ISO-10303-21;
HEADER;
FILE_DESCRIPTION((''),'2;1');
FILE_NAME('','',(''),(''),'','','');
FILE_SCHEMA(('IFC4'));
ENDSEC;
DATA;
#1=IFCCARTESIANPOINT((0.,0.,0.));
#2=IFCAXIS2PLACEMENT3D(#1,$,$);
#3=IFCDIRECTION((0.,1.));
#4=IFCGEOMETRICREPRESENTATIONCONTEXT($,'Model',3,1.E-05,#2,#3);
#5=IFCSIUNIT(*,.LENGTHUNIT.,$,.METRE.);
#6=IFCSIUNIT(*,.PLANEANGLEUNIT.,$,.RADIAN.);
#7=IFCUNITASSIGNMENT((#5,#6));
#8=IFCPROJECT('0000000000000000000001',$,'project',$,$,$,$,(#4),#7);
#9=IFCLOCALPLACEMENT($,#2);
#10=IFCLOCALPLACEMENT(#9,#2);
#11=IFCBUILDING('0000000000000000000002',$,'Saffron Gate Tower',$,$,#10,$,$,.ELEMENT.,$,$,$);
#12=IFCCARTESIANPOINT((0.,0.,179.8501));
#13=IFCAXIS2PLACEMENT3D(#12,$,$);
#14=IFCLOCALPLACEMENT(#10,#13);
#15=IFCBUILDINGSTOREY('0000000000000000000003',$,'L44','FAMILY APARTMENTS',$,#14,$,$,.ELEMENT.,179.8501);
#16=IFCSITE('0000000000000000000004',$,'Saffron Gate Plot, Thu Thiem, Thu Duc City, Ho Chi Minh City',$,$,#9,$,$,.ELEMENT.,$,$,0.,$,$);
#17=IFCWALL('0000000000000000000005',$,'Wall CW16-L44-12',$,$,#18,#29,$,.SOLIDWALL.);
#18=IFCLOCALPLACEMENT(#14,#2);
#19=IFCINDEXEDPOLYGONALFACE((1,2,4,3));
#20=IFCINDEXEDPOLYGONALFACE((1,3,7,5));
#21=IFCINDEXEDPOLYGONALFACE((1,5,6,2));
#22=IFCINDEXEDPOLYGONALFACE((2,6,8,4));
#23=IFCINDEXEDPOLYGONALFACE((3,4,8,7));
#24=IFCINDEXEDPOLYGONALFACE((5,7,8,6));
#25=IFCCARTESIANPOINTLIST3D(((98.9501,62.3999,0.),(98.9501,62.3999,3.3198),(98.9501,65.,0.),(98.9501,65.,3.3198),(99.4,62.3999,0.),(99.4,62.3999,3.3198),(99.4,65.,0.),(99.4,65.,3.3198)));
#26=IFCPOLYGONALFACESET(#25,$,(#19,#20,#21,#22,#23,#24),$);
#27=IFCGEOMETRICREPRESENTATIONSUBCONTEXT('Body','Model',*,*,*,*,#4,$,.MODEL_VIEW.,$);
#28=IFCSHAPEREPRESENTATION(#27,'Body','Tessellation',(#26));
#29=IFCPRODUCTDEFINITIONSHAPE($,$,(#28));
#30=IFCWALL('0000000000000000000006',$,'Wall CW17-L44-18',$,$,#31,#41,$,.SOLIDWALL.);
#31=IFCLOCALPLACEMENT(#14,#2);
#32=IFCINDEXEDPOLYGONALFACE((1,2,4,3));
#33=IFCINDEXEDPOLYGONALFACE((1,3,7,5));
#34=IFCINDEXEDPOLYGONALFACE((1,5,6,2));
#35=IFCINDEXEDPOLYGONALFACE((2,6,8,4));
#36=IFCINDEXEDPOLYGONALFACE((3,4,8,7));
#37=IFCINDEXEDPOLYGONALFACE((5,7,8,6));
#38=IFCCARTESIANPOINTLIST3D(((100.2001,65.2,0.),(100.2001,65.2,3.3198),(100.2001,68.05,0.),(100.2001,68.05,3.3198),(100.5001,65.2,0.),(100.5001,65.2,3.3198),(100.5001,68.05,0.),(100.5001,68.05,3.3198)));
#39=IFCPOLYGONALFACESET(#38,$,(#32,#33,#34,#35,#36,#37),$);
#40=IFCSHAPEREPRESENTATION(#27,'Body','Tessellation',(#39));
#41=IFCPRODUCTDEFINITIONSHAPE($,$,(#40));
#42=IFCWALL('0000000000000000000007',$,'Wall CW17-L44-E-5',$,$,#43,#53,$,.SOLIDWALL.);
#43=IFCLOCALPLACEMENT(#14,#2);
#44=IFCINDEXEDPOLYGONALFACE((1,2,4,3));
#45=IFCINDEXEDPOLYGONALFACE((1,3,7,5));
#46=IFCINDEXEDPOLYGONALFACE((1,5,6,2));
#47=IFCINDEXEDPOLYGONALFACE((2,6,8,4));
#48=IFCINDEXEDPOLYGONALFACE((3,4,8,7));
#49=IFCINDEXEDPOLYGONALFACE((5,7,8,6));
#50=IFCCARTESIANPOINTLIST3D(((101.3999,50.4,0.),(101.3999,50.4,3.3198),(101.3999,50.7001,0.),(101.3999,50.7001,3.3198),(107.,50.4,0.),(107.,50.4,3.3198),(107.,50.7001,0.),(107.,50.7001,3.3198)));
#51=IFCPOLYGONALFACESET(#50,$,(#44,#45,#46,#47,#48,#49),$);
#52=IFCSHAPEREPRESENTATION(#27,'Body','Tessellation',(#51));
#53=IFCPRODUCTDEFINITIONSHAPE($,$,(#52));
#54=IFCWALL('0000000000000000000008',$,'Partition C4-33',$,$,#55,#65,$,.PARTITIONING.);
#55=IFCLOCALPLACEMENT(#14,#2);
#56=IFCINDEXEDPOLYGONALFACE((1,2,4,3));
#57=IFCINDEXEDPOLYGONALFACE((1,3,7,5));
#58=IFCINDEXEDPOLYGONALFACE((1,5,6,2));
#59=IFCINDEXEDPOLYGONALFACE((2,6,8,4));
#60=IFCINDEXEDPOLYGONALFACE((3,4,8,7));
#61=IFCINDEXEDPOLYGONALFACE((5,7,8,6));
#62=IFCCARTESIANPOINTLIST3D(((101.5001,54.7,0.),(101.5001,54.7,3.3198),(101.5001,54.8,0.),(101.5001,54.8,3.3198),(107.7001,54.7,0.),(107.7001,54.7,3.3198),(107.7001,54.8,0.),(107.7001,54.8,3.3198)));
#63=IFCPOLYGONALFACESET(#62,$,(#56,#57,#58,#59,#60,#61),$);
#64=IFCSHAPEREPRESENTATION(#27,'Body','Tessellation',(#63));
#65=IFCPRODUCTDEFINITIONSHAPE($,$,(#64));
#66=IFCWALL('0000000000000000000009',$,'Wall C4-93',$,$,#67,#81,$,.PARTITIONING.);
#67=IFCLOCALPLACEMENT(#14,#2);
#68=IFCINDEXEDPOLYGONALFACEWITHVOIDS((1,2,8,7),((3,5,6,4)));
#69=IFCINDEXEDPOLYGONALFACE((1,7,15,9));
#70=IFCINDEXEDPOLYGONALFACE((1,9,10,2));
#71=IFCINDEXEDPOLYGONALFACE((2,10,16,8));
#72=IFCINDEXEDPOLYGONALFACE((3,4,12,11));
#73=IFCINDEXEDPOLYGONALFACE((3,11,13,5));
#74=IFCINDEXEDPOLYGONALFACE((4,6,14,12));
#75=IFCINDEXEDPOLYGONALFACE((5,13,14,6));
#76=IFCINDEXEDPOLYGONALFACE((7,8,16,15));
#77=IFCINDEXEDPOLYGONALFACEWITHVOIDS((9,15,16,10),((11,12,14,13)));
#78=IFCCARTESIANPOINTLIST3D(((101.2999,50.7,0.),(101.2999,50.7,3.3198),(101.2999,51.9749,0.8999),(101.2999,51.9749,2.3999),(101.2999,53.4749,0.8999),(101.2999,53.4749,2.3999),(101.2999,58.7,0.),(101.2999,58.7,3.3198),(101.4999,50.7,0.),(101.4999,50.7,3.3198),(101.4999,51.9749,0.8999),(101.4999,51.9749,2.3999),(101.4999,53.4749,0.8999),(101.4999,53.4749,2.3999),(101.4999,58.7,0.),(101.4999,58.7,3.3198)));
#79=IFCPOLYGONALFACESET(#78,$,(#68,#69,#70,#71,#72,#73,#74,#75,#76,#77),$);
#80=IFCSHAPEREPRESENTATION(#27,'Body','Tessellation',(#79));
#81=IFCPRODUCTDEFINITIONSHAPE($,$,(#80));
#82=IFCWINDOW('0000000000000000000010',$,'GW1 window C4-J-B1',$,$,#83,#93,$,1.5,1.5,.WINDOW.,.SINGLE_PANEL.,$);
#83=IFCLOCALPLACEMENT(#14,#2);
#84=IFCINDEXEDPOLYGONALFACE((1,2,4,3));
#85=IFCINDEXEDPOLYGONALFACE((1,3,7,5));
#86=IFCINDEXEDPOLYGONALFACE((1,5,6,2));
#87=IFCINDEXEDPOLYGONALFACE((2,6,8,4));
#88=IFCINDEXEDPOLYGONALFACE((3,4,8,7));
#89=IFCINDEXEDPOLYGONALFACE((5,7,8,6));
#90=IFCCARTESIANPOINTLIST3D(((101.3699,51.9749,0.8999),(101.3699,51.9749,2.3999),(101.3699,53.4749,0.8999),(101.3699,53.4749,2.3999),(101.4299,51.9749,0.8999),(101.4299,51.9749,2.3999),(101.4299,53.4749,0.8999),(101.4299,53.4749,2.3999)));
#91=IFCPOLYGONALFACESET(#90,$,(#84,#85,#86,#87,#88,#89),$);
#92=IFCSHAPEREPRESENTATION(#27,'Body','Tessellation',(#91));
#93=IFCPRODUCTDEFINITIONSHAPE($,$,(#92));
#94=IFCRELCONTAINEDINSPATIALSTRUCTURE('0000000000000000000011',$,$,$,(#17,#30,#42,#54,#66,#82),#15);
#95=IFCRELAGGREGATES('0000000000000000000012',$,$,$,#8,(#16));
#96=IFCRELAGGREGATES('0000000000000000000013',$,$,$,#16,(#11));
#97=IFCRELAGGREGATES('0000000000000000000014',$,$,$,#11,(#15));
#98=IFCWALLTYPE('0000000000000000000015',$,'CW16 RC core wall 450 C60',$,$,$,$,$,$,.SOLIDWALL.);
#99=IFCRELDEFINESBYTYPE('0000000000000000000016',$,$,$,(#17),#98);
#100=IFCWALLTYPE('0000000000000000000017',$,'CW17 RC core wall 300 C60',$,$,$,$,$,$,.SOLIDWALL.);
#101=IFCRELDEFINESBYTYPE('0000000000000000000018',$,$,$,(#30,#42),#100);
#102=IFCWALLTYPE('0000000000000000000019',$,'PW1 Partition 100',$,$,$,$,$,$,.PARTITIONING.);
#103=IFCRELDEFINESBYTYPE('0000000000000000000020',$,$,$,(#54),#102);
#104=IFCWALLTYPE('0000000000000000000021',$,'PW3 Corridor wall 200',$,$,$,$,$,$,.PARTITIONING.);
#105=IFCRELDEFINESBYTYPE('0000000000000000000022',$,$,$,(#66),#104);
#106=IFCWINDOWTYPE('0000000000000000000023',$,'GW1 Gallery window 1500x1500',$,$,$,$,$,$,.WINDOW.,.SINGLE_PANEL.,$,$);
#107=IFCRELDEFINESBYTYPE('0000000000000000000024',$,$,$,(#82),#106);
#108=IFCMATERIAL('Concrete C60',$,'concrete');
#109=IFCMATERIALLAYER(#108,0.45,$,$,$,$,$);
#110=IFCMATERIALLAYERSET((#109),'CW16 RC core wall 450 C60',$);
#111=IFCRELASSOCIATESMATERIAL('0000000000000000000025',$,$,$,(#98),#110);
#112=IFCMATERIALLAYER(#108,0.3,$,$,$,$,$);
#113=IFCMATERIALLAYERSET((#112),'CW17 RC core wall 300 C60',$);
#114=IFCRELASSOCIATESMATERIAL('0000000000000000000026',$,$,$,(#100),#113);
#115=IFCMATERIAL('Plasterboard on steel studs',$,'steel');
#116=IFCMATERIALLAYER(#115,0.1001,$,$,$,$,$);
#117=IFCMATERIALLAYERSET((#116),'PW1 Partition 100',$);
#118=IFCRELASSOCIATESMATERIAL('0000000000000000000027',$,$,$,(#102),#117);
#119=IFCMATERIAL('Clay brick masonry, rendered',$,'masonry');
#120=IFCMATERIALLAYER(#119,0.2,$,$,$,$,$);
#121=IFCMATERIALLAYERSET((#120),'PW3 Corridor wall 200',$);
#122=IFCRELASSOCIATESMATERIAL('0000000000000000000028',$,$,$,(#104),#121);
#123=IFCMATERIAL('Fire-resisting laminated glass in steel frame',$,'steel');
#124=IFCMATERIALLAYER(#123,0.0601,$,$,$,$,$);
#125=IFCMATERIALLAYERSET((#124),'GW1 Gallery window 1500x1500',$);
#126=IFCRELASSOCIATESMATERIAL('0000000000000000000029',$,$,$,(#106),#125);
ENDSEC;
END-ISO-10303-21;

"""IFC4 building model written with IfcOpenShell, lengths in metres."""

from ifc_helpers import new_model, si_unit, direction, frame, frame_2d, origin, place, context, subcontext, project, spatial, rectangle, extrude, material, layer, layer_set, type_object, element, fill, save


model = new_model("IFC4")

# Units and contexts
model_context = context("Model", 3, precision=1e-05, world=origin(), true_north=direction((0.0, 1.0)))
body_context = subcontext(model_context, "Body", "Model", "MODEL_VIEW")
ifc_project = project(units=[si_unit("LENGTHUNIT", "METRE"), si_unit("PLANEANGLEUNIT", "RADIAN")], contexts=[model_context])

# Site, building, storey
site_placement = place(None, origin())
site = spatial("IfcSite", under=ifc_project, at=site_placement, Name="Saffron Gate Plot, Thu Thiem, Thu Duc City, Ho Chi Minh City", CompositionType="ELEMENT", RefElevation=0.0)
building_placement = place(site_placement, origin())
building = spatial("IfcBuilding", under=site, at=building_placement, Name="Saffron Gate Tower", CompositionType="ELEMENT")
storey_placement = place(building_placement, frame((0.0, 0.0, 179.8501)))
storey = spatial("IfcBuildingStorey", under=building, at=storey_placement, Name="L44", Description="FAMILY APARTMENTS", CompositionType="ELEMENT", Elevation=179.8501)

# Shared definitions
ifc_material_1 = material(Name="Concrete C60", Category="concrete")

# Walls
ifc_layer_1 = layer(ifc_material_1, 0.45)
ifc_layer_set_1 = layer_set([ifc_layer_1], Name="CW16 RC core wall 450 C60")
wall_type_1 = type_object("IfcWallType", Name="CW16 RC core wall 450 C60", PredefinedType="SOLIDWALL", material=ifc_layer_set_1)
wall_1_placement = place(storey_placement, frame((99.175, 62.3999, 0.0), z_axis=(0.0, 0.0, 1.0), x_axis=(0.0, 1.0, 0.0)))
element("IfcWall", 1, at=wall_1_placement, inside=storey, type_object=wall_type_1, Name="Wall CW16-L44-12", PredefinedType="SOLIDWALL", context=body_context, shape_type="SweptSolid", body=[
    extrude(rectangle(XDim=2.6001, YDim=0.45, at=frame_2d((1.3, 0.0))), origin(), (0.0, 0.0, 1.0), 3.3198),
])
ifc_layer_2 = layer(ifc_material_1, 0.3)
ifc_layer_set_2 = layer_set([ifc_layer_2], Name="CW17 RC core wall 300 C60")
wall_type_2 = type_object("IfcWallType", Name="CW17 RC core wall 300 C60", PredefinedType="SOLIDWALL", material=ifc_layer_set_2)
wall_2_placement = place(storey_placement, frame((100.3501, 65.2, 0.0), z_axis=(0.0, 0.0, 1.0), x_axis=(0.0, 1.0, 0.0)))
element("IfcWall", 2, at=wall_2_placement, inside=storey, type_object=wall_type_2, Name="Wall CW17-L44-18", PredefinedType="SOLIDWALL", context=body_context, shape_type="SweptSolid", body=[
    extrude(rectangle(XDim=2.8501, YDim=0.3, at=frame_2d((1.425, 0.0))), origin(), (0.0, 0.0, 1.0), 3.3198),
])
wall_3_placement = place(storey_placement, frame((101.3999, 50.55, 0.0), z_axis=(0.0, 0.0, 1.0), x_axis=(1.0, 0.0, 0.0)))
element("IfcWall", 3, at=wall_3_placement, inside=storey, type_object=wall_type_2, Name="Wall CW17-L44-E-5", PredefinedType="SOLIDWALL", context=body_context, shape_type="SweptSolid", body=[
    extrude(rectangle(XDim=5.6001, YDim=0.3, at=frame_2d((2.8, 0.0))), origin(), (0.0, 0.0, 1.0), 3.3198),
])
ifc_material_2 = material(Name="Plasterboard on steel studs", Category="steel")
ifc_layer_3 = layer(ifc_material_2, 0.1001)
ifc_layer_set_3 = layer_set([ifc_layer_3], Name="PW1 Partition 100")
wall_type_3 = type_object("IfcWallType", Name="PW1 Partition 100", PredefinedType="PARTITIONING", material=ifc_layer_set_3)
wall_4_placement = place(storey_placement, frame((101.5, 54.75, 0.0), z_axis=(0.0, 0.0, 1.0), x_axis=(1.0, 0.0, 0.0)))
element("IfcWall", 4, at=wall_4_placement, inside=storey, type_object=wall_type_3, Name="Partition C4-33", PredefinedType="PARTITIONING", context=body_context, shape_type="SweptSolid", body=[
    extrude(rectangle(XDim=6.2, YDim=0.1001, at=frame_2d((3.1001, 0.0))), origin(), (0.0, 0.0, 1.0), 3.3198),
])

# Wall, opening, window
ifc_material_3 = material(Name="Clay brick masonry, rendered", Category="masonry")
ifc_layer_4 = layer(ifc_material_3, 0.2)
ifc_layer_set_4 = layer_set([ifc_layer_4], Name="PW3 Corridor wall 200")
wall_type_4 = type_object("IfcWallType", Name="PW3 Corridor wall 200", PredefinedType="PARTITIONING", material=ifc_layer_set_4)
wall_5_placement = place(storey_placement, frame((101.3999, 58.7, 0.0), z_axis=(0.0, 0.0, 1.0), x_axis=(0.0, -1.0, 0.0)))
wall_5 = element("IfcWall", 5, at=wall_5_placement, inside=storey, type_object=wall_type_4, Name="Wall C4-93", PredefinedType="PARTITIONING", context=body_context, shape_type="SweptSolid", body=[
    extrude(rectangle(XDim=8.0, YDim=0.2, at=frame_2d((4.0, 0.0))), origin(), (0.0, 0.0, 1.0), 3.3198),
])
opening_1_placement = place(wall_5_placement, frame((5.2251, 0.0, 0.8999)))
opening_1 = element("IfcOpeningElement", 6, at=opening_1_placement, cuts=wall_5, PredefinedType="OPENING", context=body_context, shape_type="SweptSolid", body=[
    extrude(rectangle(XDim=1.5, YDim=1.5, at=frame_2d((0.75, 0.75))), frame((0.0, 0.1099, 0.0), z_axis=(0.0, -1.0, 0.0), x_axis=(1.0, 0.0, 0.0)), (0.0, 0.0, 1.0), 0.22),
])
ifc_material_4 = material(Name="Fire-resisting laminated glass in steel frame", Category="steel")
ifc_layer_5 = layer(ifc_material_4, 0.0601)
ifc_layer_set_5 = layer_set([ifc_layer_5], Name="GW1 Gallery window 1500x1500")
window_type = type_object("IfcWindowType", Name="GW1 Gallery window 1500x1500", PartitioningType="SINGLE_PANEL", PredefinedType="WINDOW", material=ifc_layer_set_5)
window_placement = place(opening_1_placement, origin())
window = element("IfcWindow", 7, at=window_placement, inside=storey, type_object=window_type, Name="GW1 window C4-J-B1", OverallHeight=1.5, OverallWidth=1.5, PartitioningType="SINGLE_PANEL", PredefinedType="WINDOW", context=body_context, shape_type="SweptSolid", body=[
    extrude(rectangle(XDim=1.5, YDim=1.5, at=frame_2d((0.75, 0.75))), frame((0.0, 0.03, 0.0), z_axis=(0.0, -1.0, 0.0), x_axis=(1.0, 0.0, 0.0)), (0.0, 0.0, 1.0), 0.0601),
])
fill(opening_1, window)

save(model, "model.ifc")
